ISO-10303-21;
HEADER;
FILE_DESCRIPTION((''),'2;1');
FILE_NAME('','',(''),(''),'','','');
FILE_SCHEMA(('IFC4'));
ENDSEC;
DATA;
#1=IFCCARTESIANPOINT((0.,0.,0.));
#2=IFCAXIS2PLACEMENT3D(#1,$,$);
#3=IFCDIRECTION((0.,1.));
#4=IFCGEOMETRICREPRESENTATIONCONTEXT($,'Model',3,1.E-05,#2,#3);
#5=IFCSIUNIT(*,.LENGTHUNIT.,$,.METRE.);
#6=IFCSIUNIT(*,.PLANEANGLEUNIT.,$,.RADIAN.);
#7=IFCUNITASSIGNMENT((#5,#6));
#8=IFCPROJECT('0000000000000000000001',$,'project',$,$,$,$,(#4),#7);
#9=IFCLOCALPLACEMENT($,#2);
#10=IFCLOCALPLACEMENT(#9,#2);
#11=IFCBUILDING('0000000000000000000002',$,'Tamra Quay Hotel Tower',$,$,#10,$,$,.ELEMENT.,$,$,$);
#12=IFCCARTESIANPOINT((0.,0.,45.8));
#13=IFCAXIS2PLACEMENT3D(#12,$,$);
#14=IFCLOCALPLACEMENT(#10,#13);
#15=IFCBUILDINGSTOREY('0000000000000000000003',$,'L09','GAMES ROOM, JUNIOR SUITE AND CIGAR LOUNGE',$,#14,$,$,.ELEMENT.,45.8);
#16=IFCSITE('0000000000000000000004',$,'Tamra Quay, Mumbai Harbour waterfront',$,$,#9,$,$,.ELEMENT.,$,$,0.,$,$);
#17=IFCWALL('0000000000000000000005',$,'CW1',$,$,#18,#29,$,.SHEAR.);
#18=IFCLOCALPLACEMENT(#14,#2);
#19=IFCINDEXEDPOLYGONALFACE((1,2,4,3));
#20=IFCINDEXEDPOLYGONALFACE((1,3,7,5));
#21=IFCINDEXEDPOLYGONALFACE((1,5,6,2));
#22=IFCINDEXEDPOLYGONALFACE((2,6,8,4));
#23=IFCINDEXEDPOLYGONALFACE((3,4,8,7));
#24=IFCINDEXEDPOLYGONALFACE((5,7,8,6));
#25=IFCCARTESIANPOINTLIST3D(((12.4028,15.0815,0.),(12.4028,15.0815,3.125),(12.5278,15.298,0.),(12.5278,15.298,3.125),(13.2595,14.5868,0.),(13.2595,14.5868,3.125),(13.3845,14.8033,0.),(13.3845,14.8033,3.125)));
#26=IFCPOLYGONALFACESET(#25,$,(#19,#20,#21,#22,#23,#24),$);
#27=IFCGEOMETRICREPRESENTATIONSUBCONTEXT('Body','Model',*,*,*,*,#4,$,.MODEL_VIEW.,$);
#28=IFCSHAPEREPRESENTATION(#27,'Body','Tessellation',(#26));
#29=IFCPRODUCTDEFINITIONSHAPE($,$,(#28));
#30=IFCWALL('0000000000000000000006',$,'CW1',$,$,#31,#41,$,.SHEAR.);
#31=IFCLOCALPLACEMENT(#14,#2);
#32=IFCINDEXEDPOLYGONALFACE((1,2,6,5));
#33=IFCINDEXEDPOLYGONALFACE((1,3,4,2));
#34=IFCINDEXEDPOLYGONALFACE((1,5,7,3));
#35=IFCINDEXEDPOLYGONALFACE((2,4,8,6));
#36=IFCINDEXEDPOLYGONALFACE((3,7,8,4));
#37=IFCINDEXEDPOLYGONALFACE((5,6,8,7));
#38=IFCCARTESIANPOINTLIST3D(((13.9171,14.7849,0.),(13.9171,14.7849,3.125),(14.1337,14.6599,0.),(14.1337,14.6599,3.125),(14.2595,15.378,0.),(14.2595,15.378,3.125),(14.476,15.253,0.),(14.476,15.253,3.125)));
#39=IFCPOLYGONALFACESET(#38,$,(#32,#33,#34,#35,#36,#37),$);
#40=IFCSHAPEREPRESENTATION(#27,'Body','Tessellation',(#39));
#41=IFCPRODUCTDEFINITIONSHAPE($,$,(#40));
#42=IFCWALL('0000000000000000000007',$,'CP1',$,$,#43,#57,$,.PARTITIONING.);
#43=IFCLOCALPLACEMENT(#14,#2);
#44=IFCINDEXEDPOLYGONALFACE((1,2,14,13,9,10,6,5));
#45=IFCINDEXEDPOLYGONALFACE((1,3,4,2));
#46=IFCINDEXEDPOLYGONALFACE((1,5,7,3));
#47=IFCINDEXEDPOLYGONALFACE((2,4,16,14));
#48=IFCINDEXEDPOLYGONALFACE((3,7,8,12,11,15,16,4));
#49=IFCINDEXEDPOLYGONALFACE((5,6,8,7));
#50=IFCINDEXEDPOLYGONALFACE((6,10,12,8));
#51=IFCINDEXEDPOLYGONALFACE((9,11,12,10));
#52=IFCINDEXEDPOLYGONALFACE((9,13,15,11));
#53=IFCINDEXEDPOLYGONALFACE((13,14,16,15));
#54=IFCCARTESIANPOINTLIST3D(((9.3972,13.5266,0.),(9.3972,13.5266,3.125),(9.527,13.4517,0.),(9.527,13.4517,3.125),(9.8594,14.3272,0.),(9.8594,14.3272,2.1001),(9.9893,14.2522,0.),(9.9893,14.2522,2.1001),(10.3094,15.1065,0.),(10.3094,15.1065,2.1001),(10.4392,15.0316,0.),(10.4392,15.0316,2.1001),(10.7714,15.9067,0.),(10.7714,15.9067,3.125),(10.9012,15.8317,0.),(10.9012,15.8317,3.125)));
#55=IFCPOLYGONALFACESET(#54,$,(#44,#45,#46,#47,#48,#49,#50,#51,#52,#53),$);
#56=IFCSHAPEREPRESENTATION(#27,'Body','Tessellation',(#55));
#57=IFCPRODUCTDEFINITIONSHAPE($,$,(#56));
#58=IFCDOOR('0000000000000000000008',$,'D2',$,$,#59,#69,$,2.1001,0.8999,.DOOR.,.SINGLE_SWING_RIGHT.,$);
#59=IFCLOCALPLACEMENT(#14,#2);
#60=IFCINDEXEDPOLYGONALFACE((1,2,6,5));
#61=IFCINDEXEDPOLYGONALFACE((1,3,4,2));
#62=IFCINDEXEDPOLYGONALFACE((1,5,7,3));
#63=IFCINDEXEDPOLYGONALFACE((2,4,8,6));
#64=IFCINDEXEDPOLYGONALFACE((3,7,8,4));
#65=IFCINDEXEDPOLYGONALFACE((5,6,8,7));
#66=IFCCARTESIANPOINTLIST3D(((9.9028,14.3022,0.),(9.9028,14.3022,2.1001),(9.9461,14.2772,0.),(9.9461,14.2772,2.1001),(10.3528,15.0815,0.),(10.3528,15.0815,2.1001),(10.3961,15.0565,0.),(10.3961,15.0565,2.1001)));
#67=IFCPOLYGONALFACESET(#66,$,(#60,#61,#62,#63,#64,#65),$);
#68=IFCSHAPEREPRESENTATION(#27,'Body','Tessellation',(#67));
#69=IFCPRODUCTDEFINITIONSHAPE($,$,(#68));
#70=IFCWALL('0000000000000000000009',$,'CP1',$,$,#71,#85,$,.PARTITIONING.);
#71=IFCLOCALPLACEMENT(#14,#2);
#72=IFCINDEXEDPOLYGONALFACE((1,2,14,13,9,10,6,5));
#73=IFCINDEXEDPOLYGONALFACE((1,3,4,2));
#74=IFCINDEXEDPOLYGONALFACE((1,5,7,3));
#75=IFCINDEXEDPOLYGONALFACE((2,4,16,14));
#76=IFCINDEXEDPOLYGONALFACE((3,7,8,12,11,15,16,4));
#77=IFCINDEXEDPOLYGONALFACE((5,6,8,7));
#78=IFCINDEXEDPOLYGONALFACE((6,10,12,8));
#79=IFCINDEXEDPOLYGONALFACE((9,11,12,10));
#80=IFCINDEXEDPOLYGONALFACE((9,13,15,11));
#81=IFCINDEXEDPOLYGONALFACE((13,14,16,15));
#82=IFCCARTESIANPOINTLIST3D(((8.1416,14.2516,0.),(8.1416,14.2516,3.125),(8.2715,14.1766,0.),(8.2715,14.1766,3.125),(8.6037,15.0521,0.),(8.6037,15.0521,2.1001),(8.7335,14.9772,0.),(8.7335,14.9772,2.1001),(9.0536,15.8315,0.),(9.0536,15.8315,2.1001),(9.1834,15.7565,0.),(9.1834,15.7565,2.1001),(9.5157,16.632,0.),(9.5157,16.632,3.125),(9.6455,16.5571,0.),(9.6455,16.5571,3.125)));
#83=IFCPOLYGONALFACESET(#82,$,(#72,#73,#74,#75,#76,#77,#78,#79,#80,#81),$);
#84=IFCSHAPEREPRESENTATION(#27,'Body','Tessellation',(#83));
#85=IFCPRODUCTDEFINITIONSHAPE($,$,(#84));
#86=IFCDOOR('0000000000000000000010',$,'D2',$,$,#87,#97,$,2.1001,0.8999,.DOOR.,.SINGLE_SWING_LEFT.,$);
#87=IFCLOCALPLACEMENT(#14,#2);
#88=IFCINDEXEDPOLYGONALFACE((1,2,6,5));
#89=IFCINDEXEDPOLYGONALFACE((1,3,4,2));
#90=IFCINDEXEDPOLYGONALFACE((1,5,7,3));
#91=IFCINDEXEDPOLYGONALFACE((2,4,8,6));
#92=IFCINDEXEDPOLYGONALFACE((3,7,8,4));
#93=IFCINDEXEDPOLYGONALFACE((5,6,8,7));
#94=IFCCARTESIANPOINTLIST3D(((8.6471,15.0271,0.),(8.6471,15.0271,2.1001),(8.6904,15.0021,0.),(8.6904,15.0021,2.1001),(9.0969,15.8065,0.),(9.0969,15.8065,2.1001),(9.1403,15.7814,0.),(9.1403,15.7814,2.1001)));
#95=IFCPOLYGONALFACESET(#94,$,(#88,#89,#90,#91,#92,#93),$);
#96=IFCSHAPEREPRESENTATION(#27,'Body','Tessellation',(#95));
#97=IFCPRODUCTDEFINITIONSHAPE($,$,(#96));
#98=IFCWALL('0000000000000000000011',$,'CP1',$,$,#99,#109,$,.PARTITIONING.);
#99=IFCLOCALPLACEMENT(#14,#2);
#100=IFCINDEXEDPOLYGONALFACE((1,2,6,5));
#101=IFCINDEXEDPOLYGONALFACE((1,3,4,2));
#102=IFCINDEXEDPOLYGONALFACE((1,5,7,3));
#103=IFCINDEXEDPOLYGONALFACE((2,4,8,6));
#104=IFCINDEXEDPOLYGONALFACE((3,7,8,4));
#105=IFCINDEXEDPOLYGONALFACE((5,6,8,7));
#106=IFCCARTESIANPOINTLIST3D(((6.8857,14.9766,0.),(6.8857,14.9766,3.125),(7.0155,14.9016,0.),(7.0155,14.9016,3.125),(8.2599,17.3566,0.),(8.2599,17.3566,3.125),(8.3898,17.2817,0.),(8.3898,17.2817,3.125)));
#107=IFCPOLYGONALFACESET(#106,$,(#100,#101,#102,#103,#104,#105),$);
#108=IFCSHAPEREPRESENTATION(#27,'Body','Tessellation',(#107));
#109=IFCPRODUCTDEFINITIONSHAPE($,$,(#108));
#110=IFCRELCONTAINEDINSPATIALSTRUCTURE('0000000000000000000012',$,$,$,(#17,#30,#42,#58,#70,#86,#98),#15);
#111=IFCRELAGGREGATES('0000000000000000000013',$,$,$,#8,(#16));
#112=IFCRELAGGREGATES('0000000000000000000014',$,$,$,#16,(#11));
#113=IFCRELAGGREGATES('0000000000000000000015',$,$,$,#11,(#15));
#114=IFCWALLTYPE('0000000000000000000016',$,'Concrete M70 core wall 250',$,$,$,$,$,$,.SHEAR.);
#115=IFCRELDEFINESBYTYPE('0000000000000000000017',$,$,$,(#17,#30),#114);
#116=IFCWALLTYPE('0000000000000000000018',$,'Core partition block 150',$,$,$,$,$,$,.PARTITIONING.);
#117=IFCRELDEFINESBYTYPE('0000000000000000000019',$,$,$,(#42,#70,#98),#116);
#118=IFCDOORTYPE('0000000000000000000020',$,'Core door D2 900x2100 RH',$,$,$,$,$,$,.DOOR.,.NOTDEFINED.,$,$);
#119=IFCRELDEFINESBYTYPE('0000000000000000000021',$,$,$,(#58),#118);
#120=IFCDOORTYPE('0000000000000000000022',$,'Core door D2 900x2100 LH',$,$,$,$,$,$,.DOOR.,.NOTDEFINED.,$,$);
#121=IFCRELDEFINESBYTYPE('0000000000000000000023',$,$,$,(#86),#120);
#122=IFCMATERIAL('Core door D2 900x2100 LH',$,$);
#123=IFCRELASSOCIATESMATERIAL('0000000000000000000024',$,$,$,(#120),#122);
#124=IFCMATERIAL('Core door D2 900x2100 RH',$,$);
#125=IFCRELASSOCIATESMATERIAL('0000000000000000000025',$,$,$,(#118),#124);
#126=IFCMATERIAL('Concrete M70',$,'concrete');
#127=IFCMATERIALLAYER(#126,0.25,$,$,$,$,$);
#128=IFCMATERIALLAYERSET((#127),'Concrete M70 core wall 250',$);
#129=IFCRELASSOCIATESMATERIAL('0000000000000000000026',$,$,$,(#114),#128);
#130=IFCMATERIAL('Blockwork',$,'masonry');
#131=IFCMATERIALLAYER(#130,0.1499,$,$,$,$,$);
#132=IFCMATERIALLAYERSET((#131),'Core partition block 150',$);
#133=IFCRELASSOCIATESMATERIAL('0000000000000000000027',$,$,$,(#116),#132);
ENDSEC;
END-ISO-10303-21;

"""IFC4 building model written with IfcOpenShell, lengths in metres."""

from ifc_helpers import new_model, si_unit, direction, frame, frame_2d, origin, place, context, subcontext, project, spatial, rectangle, extrude, material, layer, layer_set, type_object, element, fill, save


model = new_model("IFC4")

# Units and contexts
model_context = context("Model", 3, precision=1e-05, world=origin(), true_north=direction((0.0, 1.0)))
body_context = subcontext(model_context, "Body", "Model", "MODEL_VIEW")
ifc_project = project(units=[si_unit("LENGTHUNIT", "METRE"), si_unit("PLANEANGLEUNIT", "RADIAN")], contexts=[model_context])

# Site, building, storey
site_placement = place(None, origin())
site = spatial("IfcSite", under=ifc_project, at=site_placement, Name="Tamra Quay, Mumbai Harbour waterfront", CompositionType="ELEMENT", RefElevation=0.0)
building_placement = place(site_placement, origin())
building = spatial("IfcBuilding", under=site, at=building_placement, Name="Tamra Quay Hotel Tower", CompositionType="ELEMENT")
storey_placement = place(building_placement, frame((0.0, 0.0, 45.8)))
storey = spatial("IfcBuildingStorey", under=building, at=storey_placement, Name="L09", Description="GAMES ROOM, JUNIOR SUITE AND CIGAR LOUNGE", CompositionType="ELEMENT", Elevation=45.8)

# Shared definitions
ifc_material_1 = material(Name="Concrete M70", Category="concrete")

# Shared definitions
ifc_material_2 = material(Name="Core door D2 900x2100 LH")
door_type_1 = type_object("IfcDoorType", Name="Core door D2 900x2100 LH", OperationType="NOTDEFINED", PredefinedType="DOOR", material=ifc_material_2)
ifc_material_3 = material(Name="Core door D2 900x2100 RH")
door_type_2 = type_object("IfcDoorType", Name="Core door D2 900x2100 RH", OperationType="NOTDEFINED", PredefinedType="DOOR", material=ifc_material_3)

# Walls
ifc_layer_1 = layer(ifc_material_1, 0.25)
ifc_layer_set_1 = layer_set([ifc_layer_1], Name="Concrete M70 core wall 250")
wall_type_1 = type_object("IfcWallType", Name="Concrete M70 core wall 250", PredefinedType="SHEAR", material=ifc_layer_set_1)
wall_1_placement = place(storey_placement, frame((13.322, 14.6951, 0.0), z_axis=(0.0, 0.0, 1.0), x_axis=(-0.866017, 0.500014, 0.0)))
element("IfcWall", 1, at=wall_1_placement, inside=storey, type_object=wall_type_1, Name="CW1", PredefinedType="SHEAR", context=body_context, shape_type="SweptSolid", body=[
    extrude(rectangle(XDim=0.9893, YDim=0.25, at=frame_2d((0.4946, 0.0))), origin(), (0.0, 0.0, 1.0), 3.125),
])
wall_2_placement = place(storey_placement, frame((14.3677, 15.3154, 0.0), z_axis=(0.0, 0.0, 1.0), x_axis=(-0.499897, -0.866085, 0.0)))
element("IfcWall", 2, at=wall_2_placement, inside=storey, type_object=wall_type_1, Name="CW1", PredefinedType="SHEAR", context=body_context, shape_type="SweptSolid", body=[
    extrude(rectangle(XDim=0.6848, YDim=0.25, at=frame_2d((0.3423, 0.0))), origin(), (0.0, 0.0, 1.0), 3.125),
])

# Walls, openings, doors
ifc_material_4 = material(Name="Blockwork", Category="masonry")
ifc_layer_2 = layer(ifc_material_4, 0.1499)
ifc_layer_set_2 = layer_set([ifc_layer_2], Name="Core partition block 150")
wall_type_2 = type_object("IfcWallType", Name="Core partition block 150", PredefinedType="PARTITIONING", material=ifc_layer_set_2)
wall_3_placement = place(storey_placement, frame((9.4622, 13.4893, 0.0), z_axis=(0.0, 0.0, 1.0), x_axis=(0.500027, 0.86601, 0.0)))
wall_3 = element("IfcWall", 3, at=wall_3_placement, inside=storey, type_object=wall_type_2, Name="CP1", PredefinedType="PARTITIONING", context=body_context, shape_type="SweptSolid", body=[
    extrude(rectangle(XDim=2.7483, YDim=0.1499, at=frame_2d((1.374, 0.0))), origin(), (0.0, 0.0, 1.0), 3.125),
])
opening_1_placement = place(wall_3_placement, frame((0.9243, 0.0, 0.0)))
opening_1 = element("IfcOpeningElement", 4, at=opening_1_placement, cuts=wall_3, PredefinedType="OPENING", context=body_context, shape_type="SweptSolid", body=[
    extrude(rectangle(XDim=0.8999, YDim=2.1001, at=frame_2d((0.45, 1.05))), frame((0.0, 0.085, 0.0), z_axis=(0.0, -1.0, 0.0), x_axis=(1.0, 0.0, 0.0)), (0.0, 0.0, 1.0), 0.1699),
])
door_1_placement = place(opening_1_placement, origin())
door_1 = element("IfcDoor", 5, at=door_1_placement, inside=storey, type_object=door_type_2, Name="D2", OperationType="SINGLE_SWING_RIGHT", OverallHeight=2.1001, OverallWidth=0.8999, PredefinedType="DOOR", context=body_context, shape_type="SweptSolid", body=[
    extrude(rectangle(XDim=0.8999, YDim=2.1001, at=frame_2d((0.45, 1.05))), frame((0.0, 0.0249, 0.0), z_axis=(0.0, -1.0, 0.0), x_axis=(1.0, 0.0, 0.0)), (0.0, 0.0, 1.0), 0.05),
])
fill(opening_1, door_1)
wall_4_placement = place(storey_placement, frame((8.2065, 14.2141, 0.0), z_axis=(0.0, 0.0, 1.0), x_axis=(0.499922, 0.86607, 0.0)))
wall_4 = element("IfcWall", 6, at=wall_4_placement, inside=storey, type_object=wall_type_2, Name="CP1", PredefinedType="PARTITIONING", context=body_context, shape_type="SweptSolid", body=[
    extrude(rectangle(XDim=2.7485, YDim=0.1499, at=frame_2d((1.3743, 0.0))), origin(), (0.0, 0.0, 1.0), 3.125),
])
opening_2_placement = place(wall_4_placement, frame((0.9243, 0.0, 0.0)))
opening_2 = element("IfcOpeningElement", 7, at=opening_2_placement, cuts=wall_4, PredefinedType="OPENING", context=body_context, shape_type="SweptSolid", body=[
    extrude(rectangle(XDim=0.8999, YDim=2.1001, at=frame_2d((0.45, 1.05))), frame((0.0, 0.085, 0.0), z_axis=(0.0, -1.0, 0.0), x_axis=(1.0, 0.0, 0.0)), (0.0, 0.0, 1.0), 0.1699),
])
door_2_placement = place(opening_2_placement, origin())
door_2 = element("IfcDoor", 8, at=door_2_placement, inside=storey, type_object=door_type_1, Name="D2", OperationType="SINGLE_SWING_LEFT", OverallHeight=2.1001, OverallWidth=0.8999, PredefinedType="DOOR", context=body_context, shape_type="SweptSolid", body=[
    extrude(rectangle(XDim=0.8999, YDim=2.1001, at=frame_2d((0.45, 1.05))), frame((0.0, 0.0249, 0.0), z_axis=(0.0, -1.0, 0.0), x_axis=(1.0, 0.0, 0.0)), (0.0, 0.0, 1.0), 0.05),
])
fill(opening_2, door_2)

# Wall
wall_5_placement = place(storey_placement, frame((6.9507, 14.9392, 0.0), z_axis=(0.0, 0.0, 1.0), x_axis=(0.500027, 0.86601, 0.0)))
element("IfcWall", 9, at=wall_5_placement, inside=storey, type_object=wall_type_2, Name="CP1", PredefinedType="PARTITIONING", context=body_context, shape_type="SweptSolid", body=[
    extrude(rectangle(XDim=2.7483, YDim=0.1499, at=frame_2d((1.374, 0.0))), origin(), (0.0, 0.0, 1.0), 3.125),
])

save(model, "model.ifc")
